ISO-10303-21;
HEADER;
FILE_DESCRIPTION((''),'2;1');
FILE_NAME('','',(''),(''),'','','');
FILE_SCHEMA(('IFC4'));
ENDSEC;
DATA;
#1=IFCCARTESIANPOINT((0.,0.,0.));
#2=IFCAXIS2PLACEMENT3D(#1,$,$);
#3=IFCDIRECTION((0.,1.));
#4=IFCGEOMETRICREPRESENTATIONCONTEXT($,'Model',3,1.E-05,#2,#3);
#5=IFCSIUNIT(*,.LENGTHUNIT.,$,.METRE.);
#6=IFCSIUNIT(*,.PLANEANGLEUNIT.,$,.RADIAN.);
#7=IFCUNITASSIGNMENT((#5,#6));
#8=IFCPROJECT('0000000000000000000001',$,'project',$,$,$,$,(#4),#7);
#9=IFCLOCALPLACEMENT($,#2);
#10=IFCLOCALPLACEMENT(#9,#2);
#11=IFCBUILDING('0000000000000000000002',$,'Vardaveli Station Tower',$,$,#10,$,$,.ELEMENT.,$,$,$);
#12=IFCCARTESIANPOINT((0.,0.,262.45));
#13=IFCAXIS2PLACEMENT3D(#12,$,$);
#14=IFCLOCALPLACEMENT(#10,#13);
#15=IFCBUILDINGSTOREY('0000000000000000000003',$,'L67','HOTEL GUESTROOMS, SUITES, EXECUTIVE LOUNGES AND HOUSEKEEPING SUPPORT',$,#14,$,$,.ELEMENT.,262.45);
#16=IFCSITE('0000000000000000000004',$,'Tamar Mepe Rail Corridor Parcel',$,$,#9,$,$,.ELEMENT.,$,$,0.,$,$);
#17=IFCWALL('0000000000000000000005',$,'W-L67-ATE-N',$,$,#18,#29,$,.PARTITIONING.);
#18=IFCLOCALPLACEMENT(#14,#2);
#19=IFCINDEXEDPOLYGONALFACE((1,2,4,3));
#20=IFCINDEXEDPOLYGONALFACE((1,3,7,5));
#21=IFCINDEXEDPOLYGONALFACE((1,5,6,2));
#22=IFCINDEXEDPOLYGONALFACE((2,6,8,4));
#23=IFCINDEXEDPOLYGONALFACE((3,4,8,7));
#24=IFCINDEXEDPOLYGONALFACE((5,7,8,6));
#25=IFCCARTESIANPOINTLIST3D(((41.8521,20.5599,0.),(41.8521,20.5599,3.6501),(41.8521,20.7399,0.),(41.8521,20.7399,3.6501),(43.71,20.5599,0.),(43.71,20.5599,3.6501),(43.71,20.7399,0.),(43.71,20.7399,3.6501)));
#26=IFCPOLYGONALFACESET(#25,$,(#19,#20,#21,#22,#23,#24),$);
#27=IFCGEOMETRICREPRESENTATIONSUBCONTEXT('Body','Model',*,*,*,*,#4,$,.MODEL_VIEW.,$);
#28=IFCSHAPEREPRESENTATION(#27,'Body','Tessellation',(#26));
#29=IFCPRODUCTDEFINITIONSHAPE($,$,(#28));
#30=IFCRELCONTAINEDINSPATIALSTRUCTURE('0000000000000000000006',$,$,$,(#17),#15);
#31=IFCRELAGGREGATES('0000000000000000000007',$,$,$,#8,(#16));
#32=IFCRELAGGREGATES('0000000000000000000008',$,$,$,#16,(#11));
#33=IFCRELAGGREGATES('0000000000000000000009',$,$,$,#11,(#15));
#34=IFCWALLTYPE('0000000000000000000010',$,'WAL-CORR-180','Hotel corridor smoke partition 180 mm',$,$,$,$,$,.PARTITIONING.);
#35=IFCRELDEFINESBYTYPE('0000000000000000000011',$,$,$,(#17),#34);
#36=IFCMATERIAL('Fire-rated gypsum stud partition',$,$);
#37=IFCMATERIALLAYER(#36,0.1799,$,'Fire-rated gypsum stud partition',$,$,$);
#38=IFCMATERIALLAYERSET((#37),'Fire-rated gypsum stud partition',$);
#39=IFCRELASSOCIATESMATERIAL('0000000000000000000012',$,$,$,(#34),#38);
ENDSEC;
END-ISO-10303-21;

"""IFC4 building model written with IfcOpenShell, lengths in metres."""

from ifc_helpers import new_model, si_unit, direction, frame, frame_2d, origin, place, context, subcontext, project, spatial, rectangle, extrude, source, transform, mapped, material, layer, layer_set, type_object, element, save


model = new_model("IFC4")

# Units and contexts
model_context = context("Model", 3, precision=1e-05, world=origin(), true_north=direction((0.0, 1.0)))
body_context = subcontext(model_context, "Body", "Model", "MODEL_VIEW")
ifc_project = project(units=[si_unit("LENGTHUNIT", "METRE"), si_unit("PLANEANGLEUNIT", "RADIAN")], contexts=[model_context])

# Site, building, storey
site_placement = place(None, origin())
site = spatial("IfcSite", under=ifc_project, at=site_placement, Name="Tamar Mepe Rail Corridor Parcel", CompositionType="ELEMENT", RefElevation=0.0)
building_placement = place(site_placement, origin())
building = spatial("IfcBuilding", under=site, at=building_placement, Name="Vardaveli Station Tower", CompositionType="ELEMENT")
storey_placement = place(building_placement, frame((0.0, 0.0, 262.45)))
storey = spatial("IfcBuildingStorey", under=building, at=storey_placement, Name="L67", Description="HOTEL GUESTROOMS, SUITES, EXECUTIVE LOUNGES AND HOUSEKEEPING SUPPORT", CompositionType="ELEMENT", Elevation=262.45)

# Wall
ifc_material_1 = material(Name="Fire-rated gypsum stud partition")
ifc_layer_1 = layer(ifc_material_1, 0.1799, Name="Fire-rated gypsum stud partition")
ifc_layer_set_1 = layer_set([ifc_layer_1], Name="Fire-rated gypsum stud partition")
wall_type_1 = type_object("IfcWallType", Name="WAL-CORR-180", Description="Hotel corridor smoke partition 180 mm", PredefinedType="PARTITIONING", material=ifc_layer_set_1)
shared_shape_1 = source(origin(), body_context, "Body", "SweptSolid", [
    extrude(rectangle(XDim=1.8579, YDim=0.1799, at=frame_2d((0.929, 0.0))), origin(), (0.0, 0.0, 1.0), 3.6501),
])
wall_1_placement = place(storey_placement, frame((41.8521, 20.6499, 0.0), z_axis=(0.0, 0.0, 1.0), x_axis=(1.0, 0.0, 0.0)))
element("IfcWall", 1, at=wall_1_placement, inside=storey, type_object=wall_type_1, Name="W-L67-ATE-N", PredefinedType="PARTITIONING", context=body_context, shape_type="MappedRepresentation", body=[
    mapped(shared_shape_1, transform((0.0, 0.0, 0.0), scale=1.0)),
])

save(model, "model.ifc")
